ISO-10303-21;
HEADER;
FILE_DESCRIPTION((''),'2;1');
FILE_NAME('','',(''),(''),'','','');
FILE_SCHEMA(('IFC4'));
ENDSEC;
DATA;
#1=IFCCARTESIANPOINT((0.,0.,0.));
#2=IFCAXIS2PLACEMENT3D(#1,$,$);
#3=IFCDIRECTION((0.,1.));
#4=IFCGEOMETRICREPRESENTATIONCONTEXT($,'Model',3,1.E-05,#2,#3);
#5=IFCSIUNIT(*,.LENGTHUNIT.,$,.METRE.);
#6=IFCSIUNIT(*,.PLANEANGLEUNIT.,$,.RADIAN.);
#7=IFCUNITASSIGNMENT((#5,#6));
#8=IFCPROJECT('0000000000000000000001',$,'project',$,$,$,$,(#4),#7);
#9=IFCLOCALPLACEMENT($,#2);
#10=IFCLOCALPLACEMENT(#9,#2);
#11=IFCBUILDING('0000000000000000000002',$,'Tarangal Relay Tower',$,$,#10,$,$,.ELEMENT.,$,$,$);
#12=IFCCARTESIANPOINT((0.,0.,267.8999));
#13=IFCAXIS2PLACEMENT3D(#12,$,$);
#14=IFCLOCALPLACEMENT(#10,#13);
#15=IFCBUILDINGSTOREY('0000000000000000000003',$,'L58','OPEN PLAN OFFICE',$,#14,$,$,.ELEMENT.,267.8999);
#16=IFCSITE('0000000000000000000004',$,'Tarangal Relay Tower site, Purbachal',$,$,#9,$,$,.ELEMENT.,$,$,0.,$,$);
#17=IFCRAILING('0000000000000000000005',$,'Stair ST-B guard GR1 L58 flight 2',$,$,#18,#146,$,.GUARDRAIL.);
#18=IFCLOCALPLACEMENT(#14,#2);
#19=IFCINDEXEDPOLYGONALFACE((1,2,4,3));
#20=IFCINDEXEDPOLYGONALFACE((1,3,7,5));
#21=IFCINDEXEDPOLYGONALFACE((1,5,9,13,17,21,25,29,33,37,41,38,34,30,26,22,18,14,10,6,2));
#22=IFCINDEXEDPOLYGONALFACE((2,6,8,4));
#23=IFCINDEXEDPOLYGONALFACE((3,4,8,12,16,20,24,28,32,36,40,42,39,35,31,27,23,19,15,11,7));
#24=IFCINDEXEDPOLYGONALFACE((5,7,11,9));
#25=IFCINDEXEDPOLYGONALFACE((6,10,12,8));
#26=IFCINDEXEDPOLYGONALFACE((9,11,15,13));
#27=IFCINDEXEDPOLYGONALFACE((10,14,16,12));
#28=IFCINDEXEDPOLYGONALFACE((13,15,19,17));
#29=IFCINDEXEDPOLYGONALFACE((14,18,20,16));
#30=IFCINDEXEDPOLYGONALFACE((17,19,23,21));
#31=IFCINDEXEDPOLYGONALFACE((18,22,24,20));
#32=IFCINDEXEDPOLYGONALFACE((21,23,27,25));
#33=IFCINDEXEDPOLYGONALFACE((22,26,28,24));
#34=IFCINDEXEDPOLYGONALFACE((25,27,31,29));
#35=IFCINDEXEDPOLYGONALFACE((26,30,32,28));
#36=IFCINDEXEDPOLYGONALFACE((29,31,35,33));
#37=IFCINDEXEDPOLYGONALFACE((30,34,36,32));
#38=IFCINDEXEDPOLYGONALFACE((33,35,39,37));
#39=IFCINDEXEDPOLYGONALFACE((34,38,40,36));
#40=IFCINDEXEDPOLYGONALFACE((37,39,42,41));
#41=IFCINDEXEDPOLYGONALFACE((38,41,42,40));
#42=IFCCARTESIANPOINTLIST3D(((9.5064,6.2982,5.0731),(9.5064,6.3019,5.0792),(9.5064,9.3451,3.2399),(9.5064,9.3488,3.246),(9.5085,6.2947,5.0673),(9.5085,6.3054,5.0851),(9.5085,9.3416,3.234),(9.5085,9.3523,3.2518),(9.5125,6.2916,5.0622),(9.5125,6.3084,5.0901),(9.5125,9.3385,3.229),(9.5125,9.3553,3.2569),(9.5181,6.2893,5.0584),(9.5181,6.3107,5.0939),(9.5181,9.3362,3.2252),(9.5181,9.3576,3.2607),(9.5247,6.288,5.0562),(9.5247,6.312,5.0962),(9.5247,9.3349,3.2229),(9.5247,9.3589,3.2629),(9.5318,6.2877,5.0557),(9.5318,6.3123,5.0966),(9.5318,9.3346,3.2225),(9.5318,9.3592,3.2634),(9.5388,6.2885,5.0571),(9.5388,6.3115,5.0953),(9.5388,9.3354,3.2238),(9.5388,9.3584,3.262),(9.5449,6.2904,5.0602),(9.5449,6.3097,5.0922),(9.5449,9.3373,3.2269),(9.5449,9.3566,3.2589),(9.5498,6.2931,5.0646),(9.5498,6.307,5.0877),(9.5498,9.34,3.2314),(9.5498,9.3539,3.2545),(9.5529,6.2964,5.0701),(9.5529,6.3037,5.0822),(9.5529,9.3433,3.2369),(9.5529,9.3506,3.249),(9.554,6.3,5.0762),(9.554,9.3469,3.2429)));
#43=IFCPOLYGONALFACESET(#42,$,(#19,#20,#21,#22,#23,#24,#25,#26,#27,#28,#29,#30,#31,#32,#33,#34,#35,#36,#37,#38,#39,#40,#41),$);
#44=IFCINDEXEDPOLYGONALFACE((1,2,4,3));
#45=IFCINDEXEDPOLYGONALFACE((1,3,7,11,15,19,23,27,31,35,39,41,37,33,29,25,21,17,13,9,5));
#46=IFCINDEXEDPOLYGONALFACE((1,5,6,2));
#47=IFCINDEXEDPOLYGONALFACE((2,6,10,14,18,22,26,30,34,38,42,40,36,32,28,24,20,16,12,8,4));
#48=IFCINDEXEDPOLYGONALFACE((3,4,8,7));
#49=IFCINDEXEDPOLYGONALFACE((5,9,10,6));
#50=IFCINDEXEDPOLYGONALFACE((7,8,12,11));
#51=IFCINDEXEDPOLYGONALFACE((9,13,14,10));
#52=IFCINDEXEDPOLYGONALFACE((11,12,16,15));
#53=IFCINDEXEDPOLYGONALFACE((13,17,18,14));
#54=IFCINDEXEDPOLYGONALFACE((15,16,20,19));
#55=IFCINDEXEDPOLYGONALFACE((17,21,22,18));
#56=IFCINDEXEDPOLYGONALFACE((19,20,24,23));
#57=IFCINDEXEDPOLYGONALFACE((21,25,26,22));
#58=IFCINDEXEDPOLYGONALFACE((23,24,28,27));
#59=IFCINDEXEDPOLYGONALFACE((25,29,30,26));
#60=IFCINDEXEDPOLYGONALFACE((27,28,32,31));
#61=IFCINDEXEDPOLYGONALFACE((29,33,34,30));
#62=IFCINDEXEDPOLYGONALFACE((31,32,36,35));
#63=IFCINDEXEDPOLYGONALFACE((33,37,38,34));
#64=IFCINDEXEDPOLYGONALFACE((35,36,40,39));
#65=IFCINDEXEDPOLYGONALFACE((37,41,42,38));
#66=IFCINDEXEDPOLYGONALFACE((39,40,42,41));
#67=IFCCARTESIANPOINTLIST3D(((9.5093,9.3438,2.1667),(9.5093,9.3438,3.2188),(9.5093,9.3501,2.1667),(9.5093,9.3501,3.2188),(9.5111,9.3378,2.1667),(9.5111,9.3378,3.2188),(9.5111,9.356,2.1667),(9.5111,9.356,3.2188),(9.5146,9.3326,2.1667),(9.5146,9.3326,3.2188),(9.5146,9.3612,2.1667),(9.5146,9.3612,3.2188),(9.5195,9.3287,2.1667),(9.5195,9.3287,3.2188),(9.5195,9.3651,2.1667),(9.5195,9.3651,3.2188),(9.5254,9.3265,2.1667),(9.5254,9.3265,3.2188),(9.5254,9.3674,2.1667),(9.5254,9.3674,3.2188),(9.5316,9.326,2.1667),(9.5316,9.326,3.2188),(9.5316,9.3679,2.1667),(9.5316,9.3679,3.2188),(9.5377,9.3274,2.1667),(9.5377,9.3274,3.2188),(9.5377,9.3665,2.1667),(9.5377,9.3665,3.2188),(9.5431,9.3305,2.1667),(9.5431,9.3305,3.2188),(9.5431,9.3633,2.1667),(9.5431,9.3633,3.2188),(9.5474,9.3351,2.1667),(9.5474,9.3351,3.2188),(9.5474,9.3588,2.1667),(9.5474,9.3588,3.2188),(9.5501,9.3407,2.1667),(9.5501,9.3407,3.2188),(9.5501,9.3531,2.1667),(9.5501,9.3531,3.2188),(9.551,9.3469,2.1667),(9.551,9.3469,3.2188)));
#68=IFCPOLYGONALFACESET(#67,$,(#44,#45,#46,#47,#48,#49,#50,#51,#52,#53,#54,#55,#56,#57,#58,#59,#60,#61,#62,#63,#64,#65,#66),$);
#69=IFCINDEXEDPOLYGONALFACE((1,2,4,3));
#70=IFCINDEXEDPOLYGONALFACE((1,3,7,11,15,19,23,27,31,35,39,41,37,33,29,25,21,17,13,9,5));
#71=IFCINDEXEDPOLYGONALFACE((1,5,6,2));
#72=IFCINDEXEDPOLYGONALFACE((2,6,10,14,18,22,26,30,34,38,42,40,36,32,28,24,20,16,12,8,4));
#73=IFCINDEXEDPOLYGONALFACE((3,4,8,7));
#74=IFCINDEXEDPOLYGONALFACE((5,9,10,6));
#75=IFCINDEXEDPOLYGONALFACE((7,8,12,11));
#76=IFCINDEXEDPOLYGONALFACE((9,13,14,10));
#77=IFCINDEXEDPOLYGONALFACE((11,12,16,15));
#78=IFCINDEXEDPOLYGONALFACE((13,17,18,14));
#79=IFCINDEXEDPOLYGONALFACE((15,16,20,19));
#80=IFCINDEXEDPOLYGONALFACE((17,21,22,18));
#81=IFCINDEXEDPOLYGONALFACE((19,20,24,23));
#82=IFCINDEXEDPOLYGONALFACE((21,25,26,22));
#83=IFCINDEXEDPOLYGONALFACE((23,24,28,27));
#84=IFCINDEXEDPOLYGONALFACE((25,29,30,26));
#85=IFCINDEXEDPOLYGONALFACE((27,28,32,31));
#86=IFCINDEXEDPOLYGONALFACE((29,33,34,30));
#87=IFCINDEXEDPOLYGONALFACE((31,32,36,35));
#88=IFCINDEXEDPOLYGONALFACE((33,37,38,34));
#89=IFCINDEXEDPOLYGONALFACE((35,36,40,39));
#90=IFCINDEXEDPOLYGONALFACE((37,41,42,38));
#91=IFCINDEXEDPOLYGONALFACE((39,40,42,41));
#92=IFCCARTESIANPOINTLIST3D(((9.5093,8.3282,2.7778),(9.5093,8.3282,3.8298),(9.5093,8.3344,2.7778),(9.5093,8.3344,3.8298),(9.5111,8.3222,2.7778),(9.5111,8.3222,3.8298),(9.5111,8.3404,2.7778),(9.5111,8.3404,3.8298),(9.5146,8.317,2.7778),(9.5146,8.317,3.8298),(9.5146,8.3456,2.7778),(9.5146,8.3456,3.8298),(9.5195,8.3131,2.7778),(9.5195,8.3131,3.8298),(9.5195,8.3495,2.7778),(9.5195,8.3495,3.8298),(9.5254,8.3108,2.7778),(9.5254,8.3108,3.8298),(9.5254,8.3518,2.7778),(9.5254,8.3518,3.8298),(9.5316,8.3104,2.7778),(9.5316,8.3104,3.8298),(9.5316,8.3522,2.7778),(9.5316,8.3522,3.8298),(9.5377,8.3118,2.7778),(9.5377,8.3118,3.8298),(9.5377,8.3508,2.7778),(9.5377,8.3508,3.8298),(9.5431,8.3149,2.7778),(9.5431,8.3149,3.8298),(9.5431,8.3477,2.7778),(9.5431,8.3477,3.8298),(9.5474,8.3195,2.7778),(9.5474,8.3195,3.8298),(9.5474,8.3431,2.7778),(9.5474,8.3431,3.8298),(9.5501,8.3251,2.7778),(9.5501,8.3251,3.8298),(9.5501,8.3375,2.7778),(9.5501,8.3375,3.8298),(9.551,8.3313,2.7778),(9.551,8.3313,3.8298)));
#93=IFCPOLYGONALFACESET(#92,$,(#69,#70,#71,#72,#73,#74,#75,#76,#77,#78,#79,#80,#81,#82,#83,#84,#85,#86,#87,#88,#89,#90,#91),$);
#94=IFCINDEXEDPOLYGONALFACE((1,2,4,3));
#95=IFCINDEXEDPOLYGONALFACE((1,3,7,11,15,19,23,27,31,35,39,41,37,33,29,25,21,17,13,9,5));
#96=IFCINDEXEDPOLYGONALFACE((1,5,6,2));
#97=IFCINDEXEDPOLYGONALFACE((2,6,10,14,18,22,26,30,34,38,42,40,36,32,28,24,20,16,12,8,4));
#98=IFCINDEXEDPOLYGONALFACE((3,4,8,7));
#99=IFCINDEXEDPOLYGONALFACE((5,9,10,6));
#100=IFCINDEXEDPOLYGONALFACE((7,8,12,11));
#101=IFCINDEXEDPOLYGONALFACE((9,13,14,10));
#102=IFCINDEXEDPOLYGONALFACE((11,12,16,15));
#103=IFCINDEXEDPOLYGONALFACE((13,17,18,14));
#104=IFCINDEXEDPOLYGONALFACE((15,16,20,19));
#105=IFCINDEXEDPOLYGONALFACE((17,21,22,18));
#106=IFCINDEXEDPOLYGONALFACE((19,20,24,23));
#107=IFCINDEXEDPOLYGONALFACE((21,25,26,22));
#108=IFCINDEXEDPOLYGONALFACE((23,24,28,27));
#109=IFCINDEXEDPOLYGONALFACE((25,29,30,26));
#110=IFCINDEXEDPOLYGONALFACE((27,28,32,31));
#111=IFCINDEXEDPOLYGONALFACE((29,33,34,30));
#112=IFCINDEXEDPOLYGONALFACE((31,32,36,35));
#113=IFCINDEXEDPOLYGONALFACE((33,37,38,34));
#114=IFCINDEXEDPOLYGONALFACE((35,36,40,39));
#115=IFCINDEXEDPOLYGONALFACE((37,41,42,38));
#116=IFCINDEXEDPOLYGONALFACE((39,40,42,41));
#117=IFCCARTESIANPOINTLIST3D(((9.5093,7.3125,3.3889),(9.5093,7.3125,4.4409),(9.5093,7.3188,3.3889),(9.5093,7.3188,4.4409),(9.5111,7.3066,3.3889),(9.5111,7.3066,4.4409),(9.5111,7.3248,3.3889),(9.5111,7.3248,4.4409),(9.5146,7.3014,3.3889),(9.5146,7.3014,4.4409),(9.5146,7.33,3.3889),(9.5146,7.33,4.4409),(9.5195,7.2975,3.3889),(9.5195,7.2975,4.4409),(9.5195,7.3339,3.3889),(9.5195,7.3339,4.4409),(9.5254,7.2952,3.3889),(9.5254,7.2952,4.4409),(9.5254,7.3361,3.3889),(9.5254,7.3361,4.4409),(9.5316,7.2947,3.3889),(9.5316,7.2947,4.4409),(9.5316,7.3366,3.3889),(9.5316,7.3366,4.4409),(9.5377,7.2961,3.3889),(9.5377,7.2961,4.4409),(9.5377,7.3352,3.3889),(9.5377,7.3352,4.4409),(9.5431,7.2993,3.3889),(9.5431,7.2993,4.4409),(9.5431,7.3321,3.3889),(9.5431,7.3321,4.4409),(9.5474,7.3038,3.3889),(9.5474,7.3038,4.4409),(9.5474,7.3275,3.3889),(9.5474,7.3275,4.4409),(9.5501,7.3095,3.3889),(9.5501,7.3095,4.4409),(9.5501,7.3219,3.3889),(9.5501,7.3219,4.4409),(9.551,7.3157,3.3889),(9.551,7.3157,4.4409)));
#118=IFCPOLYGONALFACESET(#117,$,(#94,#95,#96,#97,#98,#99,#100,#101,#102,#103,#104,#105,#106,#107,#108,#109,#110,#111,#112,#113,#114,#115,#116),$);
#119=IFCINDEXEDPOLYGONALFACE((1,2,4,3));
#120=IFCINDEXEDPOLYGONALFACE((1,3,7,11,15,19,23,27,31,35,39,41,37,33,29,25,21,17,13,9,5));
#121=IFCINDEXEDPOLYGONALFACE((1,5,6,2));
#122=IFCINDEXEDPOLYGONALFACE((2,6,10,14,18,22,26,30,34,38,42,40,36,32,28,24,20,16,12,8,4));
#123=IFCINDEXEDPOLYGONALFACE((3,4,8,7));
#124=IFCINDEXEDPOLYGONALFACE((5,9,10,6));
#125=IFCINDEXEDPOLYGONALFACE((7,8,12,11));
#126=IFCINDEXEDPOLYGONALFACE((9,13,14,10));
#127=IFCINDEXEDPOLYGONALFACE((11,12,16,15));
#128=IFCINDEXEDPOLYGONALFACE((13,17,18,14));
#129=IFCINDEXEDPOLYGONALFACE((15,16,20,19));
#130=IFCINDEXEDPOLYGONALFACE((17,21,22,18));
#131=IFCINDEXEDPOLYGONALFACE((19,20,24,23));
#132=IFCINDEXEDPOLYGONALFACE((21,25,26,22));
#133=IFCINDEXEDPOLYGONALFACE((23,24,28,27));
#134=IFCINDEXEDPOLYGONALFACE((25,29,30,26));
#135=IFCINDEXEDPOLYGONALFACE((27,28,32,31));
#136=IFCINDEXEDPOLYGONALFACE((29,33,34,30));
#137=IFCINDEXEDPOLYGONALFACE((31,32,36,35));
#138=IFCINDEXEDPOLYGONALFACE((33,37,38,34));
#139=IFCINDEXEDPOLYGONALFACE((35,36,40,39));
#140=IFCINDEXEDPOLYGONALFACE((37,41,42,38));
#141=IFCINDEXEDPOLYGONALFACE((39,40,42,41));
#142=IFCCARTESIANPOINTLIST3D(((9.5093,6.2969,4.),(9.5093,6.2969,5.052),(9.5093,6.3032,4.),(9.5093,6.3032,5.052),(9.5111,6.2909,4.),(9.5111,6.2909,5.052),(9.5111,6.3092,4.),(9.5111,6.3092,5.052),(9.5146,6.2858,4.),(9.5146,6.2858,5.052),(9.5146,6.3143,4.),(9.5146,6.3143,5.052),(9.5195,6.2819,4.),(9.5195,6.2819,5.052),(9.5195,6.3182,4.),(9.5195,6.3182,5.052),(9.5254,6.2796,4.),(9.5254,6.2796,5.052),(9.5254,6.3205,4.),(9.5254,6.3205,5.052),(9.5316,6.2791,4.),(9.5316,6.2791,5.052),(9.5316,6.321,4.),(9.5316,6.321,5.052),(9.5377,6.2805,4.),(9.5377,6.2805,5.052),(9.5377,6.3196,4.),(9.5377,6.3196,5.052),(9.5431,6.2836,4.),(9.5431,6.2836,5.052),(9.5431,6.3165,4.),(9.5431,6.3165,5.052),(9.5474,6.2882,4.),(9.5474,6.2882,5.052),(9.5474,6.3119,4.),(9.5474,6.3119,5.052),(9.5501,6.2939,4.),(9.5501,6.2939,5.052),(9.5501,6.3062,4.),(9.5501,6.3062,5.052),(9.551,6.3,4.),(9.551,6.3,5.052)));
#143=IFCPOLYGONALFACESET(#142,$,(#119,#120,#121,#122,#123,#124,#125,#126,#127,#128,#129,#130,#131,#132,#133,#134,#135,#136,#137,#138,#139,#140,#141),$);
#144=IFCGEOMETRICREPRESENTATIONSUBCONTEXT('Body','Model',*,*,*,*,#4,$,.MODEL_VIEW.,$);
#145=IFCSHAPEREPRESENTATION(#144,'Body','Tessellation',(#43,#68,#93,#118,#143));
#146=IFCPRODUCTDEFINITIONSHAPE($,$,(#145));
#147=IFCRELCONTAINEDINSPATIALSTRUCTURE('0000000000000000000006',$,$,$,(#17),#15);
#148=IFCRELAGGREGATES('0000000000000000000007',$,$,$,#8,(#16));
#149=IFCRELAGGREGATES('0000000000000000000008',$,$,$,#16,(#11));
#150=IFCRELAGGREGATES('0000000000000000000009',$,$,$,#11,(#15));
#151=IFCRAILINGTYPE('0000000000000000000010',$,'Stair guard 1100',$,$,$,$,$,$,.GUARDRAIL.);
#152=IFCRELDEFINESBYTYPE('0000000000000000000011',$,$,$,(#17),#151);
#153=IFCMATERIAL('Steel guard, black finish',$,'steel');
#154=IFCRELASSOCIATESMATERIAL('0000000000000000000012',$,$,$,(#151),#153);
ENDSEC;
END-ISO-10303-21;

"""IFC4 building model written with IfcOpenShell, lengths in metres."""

from ifc_helpers import new_model, si_unit, direction, frame, origin, origin_2d, place, context, subcontext, project, spatial, circle, extrude, material, type_object, element, save


model = new_model("IFC4")

# Units and contexts
model_context = context("Model", 3, precision=1e-05, world=origin(), true_north=direction((0.0, 1.0)))
body_context = subcontext(model_context, "Body", "Model", "MODEL_VIEW")
ifc_project = project(units=[si_unit("LENGTHUNIT", "METRE"), si_unit("PLANEANGLEUNIT", "RADIAN")], contexts=[model_context])

# Site, building, storey
site_placement = place(None, origin())
site = spatial("IfcSite", under=ifc_project, at=site_placement, Name="Tarangal Relay Tower site, Purbachal", CompositionType="ELEMENT", RefElevation=0.0)
building_placement = place(site_placement, origin())
building = spatial("IfcBuilding", under=site, at=building_placement, Name="Tarangal Relay Tower", CompositionType="ELEMENT")
storey_placement = place(building_placement, frame((0.0, 0.0, 267.8999)))
storey = spatial("IfcBuildingStorey", under=building, at=storey_placement, Name="L58", Description="OPEN PLAN OFFICE", CompositionType="ELEMENT", Elevation=267.8999)

# Railing
ifc_material_1 = material(Name="Steel guard, black finish", Category="steel")
railing_type_1 = type_object("IfcRailingType", Name="Stair guard 1100", PredefinedType="GUARDRAIL", material=ifc_material_1)
railing_1_placement = place(storey_placement, frame((9.53, 9.3469, 2.1667)))
element("IfcRailing", 1, at=railing_1_placement, inside=storey, type_object=railing_type_1, Name="Stair ST-B guard GR1 L58 flight 2", PredefinedType="GUARDRAIL", context=body_context, shape_type="SweptSolid", body=[
    extrude(circle(Radius=0.0239, at=origin_2d()), frame((0.0, 0.0, 1.0762), z_axis=(0.0, -0.856856, 0.515556), x_axis=(1.0, 0.0, 0.0)), (0.0, 0.0, 1.0), 3.5559),
    extrude(circle(Radius=0.021, at=origin_2d()), origin(), (0.0, 0.0, 1.0), 1.052),
    extrude(circle(Radius=0.021, at=origin_2d()), frame((0.0, -1.0156, 0.6111)), (0.0, 0.0, 1.0), 1.052),
    extrude(circle(Radius=0.021, at=origin_2d()), frame((0.0, -2.0312, 1.2222)), (0.0, 0.0, 1.0), 1.052),
    extrude(circle(Radius=0.021, at=origin_2d()), frame((0.0, -3.0469, 1.8333)), (0.0, 0.0, 1.0), 1.052),
])

save(model, "model.ifc")
